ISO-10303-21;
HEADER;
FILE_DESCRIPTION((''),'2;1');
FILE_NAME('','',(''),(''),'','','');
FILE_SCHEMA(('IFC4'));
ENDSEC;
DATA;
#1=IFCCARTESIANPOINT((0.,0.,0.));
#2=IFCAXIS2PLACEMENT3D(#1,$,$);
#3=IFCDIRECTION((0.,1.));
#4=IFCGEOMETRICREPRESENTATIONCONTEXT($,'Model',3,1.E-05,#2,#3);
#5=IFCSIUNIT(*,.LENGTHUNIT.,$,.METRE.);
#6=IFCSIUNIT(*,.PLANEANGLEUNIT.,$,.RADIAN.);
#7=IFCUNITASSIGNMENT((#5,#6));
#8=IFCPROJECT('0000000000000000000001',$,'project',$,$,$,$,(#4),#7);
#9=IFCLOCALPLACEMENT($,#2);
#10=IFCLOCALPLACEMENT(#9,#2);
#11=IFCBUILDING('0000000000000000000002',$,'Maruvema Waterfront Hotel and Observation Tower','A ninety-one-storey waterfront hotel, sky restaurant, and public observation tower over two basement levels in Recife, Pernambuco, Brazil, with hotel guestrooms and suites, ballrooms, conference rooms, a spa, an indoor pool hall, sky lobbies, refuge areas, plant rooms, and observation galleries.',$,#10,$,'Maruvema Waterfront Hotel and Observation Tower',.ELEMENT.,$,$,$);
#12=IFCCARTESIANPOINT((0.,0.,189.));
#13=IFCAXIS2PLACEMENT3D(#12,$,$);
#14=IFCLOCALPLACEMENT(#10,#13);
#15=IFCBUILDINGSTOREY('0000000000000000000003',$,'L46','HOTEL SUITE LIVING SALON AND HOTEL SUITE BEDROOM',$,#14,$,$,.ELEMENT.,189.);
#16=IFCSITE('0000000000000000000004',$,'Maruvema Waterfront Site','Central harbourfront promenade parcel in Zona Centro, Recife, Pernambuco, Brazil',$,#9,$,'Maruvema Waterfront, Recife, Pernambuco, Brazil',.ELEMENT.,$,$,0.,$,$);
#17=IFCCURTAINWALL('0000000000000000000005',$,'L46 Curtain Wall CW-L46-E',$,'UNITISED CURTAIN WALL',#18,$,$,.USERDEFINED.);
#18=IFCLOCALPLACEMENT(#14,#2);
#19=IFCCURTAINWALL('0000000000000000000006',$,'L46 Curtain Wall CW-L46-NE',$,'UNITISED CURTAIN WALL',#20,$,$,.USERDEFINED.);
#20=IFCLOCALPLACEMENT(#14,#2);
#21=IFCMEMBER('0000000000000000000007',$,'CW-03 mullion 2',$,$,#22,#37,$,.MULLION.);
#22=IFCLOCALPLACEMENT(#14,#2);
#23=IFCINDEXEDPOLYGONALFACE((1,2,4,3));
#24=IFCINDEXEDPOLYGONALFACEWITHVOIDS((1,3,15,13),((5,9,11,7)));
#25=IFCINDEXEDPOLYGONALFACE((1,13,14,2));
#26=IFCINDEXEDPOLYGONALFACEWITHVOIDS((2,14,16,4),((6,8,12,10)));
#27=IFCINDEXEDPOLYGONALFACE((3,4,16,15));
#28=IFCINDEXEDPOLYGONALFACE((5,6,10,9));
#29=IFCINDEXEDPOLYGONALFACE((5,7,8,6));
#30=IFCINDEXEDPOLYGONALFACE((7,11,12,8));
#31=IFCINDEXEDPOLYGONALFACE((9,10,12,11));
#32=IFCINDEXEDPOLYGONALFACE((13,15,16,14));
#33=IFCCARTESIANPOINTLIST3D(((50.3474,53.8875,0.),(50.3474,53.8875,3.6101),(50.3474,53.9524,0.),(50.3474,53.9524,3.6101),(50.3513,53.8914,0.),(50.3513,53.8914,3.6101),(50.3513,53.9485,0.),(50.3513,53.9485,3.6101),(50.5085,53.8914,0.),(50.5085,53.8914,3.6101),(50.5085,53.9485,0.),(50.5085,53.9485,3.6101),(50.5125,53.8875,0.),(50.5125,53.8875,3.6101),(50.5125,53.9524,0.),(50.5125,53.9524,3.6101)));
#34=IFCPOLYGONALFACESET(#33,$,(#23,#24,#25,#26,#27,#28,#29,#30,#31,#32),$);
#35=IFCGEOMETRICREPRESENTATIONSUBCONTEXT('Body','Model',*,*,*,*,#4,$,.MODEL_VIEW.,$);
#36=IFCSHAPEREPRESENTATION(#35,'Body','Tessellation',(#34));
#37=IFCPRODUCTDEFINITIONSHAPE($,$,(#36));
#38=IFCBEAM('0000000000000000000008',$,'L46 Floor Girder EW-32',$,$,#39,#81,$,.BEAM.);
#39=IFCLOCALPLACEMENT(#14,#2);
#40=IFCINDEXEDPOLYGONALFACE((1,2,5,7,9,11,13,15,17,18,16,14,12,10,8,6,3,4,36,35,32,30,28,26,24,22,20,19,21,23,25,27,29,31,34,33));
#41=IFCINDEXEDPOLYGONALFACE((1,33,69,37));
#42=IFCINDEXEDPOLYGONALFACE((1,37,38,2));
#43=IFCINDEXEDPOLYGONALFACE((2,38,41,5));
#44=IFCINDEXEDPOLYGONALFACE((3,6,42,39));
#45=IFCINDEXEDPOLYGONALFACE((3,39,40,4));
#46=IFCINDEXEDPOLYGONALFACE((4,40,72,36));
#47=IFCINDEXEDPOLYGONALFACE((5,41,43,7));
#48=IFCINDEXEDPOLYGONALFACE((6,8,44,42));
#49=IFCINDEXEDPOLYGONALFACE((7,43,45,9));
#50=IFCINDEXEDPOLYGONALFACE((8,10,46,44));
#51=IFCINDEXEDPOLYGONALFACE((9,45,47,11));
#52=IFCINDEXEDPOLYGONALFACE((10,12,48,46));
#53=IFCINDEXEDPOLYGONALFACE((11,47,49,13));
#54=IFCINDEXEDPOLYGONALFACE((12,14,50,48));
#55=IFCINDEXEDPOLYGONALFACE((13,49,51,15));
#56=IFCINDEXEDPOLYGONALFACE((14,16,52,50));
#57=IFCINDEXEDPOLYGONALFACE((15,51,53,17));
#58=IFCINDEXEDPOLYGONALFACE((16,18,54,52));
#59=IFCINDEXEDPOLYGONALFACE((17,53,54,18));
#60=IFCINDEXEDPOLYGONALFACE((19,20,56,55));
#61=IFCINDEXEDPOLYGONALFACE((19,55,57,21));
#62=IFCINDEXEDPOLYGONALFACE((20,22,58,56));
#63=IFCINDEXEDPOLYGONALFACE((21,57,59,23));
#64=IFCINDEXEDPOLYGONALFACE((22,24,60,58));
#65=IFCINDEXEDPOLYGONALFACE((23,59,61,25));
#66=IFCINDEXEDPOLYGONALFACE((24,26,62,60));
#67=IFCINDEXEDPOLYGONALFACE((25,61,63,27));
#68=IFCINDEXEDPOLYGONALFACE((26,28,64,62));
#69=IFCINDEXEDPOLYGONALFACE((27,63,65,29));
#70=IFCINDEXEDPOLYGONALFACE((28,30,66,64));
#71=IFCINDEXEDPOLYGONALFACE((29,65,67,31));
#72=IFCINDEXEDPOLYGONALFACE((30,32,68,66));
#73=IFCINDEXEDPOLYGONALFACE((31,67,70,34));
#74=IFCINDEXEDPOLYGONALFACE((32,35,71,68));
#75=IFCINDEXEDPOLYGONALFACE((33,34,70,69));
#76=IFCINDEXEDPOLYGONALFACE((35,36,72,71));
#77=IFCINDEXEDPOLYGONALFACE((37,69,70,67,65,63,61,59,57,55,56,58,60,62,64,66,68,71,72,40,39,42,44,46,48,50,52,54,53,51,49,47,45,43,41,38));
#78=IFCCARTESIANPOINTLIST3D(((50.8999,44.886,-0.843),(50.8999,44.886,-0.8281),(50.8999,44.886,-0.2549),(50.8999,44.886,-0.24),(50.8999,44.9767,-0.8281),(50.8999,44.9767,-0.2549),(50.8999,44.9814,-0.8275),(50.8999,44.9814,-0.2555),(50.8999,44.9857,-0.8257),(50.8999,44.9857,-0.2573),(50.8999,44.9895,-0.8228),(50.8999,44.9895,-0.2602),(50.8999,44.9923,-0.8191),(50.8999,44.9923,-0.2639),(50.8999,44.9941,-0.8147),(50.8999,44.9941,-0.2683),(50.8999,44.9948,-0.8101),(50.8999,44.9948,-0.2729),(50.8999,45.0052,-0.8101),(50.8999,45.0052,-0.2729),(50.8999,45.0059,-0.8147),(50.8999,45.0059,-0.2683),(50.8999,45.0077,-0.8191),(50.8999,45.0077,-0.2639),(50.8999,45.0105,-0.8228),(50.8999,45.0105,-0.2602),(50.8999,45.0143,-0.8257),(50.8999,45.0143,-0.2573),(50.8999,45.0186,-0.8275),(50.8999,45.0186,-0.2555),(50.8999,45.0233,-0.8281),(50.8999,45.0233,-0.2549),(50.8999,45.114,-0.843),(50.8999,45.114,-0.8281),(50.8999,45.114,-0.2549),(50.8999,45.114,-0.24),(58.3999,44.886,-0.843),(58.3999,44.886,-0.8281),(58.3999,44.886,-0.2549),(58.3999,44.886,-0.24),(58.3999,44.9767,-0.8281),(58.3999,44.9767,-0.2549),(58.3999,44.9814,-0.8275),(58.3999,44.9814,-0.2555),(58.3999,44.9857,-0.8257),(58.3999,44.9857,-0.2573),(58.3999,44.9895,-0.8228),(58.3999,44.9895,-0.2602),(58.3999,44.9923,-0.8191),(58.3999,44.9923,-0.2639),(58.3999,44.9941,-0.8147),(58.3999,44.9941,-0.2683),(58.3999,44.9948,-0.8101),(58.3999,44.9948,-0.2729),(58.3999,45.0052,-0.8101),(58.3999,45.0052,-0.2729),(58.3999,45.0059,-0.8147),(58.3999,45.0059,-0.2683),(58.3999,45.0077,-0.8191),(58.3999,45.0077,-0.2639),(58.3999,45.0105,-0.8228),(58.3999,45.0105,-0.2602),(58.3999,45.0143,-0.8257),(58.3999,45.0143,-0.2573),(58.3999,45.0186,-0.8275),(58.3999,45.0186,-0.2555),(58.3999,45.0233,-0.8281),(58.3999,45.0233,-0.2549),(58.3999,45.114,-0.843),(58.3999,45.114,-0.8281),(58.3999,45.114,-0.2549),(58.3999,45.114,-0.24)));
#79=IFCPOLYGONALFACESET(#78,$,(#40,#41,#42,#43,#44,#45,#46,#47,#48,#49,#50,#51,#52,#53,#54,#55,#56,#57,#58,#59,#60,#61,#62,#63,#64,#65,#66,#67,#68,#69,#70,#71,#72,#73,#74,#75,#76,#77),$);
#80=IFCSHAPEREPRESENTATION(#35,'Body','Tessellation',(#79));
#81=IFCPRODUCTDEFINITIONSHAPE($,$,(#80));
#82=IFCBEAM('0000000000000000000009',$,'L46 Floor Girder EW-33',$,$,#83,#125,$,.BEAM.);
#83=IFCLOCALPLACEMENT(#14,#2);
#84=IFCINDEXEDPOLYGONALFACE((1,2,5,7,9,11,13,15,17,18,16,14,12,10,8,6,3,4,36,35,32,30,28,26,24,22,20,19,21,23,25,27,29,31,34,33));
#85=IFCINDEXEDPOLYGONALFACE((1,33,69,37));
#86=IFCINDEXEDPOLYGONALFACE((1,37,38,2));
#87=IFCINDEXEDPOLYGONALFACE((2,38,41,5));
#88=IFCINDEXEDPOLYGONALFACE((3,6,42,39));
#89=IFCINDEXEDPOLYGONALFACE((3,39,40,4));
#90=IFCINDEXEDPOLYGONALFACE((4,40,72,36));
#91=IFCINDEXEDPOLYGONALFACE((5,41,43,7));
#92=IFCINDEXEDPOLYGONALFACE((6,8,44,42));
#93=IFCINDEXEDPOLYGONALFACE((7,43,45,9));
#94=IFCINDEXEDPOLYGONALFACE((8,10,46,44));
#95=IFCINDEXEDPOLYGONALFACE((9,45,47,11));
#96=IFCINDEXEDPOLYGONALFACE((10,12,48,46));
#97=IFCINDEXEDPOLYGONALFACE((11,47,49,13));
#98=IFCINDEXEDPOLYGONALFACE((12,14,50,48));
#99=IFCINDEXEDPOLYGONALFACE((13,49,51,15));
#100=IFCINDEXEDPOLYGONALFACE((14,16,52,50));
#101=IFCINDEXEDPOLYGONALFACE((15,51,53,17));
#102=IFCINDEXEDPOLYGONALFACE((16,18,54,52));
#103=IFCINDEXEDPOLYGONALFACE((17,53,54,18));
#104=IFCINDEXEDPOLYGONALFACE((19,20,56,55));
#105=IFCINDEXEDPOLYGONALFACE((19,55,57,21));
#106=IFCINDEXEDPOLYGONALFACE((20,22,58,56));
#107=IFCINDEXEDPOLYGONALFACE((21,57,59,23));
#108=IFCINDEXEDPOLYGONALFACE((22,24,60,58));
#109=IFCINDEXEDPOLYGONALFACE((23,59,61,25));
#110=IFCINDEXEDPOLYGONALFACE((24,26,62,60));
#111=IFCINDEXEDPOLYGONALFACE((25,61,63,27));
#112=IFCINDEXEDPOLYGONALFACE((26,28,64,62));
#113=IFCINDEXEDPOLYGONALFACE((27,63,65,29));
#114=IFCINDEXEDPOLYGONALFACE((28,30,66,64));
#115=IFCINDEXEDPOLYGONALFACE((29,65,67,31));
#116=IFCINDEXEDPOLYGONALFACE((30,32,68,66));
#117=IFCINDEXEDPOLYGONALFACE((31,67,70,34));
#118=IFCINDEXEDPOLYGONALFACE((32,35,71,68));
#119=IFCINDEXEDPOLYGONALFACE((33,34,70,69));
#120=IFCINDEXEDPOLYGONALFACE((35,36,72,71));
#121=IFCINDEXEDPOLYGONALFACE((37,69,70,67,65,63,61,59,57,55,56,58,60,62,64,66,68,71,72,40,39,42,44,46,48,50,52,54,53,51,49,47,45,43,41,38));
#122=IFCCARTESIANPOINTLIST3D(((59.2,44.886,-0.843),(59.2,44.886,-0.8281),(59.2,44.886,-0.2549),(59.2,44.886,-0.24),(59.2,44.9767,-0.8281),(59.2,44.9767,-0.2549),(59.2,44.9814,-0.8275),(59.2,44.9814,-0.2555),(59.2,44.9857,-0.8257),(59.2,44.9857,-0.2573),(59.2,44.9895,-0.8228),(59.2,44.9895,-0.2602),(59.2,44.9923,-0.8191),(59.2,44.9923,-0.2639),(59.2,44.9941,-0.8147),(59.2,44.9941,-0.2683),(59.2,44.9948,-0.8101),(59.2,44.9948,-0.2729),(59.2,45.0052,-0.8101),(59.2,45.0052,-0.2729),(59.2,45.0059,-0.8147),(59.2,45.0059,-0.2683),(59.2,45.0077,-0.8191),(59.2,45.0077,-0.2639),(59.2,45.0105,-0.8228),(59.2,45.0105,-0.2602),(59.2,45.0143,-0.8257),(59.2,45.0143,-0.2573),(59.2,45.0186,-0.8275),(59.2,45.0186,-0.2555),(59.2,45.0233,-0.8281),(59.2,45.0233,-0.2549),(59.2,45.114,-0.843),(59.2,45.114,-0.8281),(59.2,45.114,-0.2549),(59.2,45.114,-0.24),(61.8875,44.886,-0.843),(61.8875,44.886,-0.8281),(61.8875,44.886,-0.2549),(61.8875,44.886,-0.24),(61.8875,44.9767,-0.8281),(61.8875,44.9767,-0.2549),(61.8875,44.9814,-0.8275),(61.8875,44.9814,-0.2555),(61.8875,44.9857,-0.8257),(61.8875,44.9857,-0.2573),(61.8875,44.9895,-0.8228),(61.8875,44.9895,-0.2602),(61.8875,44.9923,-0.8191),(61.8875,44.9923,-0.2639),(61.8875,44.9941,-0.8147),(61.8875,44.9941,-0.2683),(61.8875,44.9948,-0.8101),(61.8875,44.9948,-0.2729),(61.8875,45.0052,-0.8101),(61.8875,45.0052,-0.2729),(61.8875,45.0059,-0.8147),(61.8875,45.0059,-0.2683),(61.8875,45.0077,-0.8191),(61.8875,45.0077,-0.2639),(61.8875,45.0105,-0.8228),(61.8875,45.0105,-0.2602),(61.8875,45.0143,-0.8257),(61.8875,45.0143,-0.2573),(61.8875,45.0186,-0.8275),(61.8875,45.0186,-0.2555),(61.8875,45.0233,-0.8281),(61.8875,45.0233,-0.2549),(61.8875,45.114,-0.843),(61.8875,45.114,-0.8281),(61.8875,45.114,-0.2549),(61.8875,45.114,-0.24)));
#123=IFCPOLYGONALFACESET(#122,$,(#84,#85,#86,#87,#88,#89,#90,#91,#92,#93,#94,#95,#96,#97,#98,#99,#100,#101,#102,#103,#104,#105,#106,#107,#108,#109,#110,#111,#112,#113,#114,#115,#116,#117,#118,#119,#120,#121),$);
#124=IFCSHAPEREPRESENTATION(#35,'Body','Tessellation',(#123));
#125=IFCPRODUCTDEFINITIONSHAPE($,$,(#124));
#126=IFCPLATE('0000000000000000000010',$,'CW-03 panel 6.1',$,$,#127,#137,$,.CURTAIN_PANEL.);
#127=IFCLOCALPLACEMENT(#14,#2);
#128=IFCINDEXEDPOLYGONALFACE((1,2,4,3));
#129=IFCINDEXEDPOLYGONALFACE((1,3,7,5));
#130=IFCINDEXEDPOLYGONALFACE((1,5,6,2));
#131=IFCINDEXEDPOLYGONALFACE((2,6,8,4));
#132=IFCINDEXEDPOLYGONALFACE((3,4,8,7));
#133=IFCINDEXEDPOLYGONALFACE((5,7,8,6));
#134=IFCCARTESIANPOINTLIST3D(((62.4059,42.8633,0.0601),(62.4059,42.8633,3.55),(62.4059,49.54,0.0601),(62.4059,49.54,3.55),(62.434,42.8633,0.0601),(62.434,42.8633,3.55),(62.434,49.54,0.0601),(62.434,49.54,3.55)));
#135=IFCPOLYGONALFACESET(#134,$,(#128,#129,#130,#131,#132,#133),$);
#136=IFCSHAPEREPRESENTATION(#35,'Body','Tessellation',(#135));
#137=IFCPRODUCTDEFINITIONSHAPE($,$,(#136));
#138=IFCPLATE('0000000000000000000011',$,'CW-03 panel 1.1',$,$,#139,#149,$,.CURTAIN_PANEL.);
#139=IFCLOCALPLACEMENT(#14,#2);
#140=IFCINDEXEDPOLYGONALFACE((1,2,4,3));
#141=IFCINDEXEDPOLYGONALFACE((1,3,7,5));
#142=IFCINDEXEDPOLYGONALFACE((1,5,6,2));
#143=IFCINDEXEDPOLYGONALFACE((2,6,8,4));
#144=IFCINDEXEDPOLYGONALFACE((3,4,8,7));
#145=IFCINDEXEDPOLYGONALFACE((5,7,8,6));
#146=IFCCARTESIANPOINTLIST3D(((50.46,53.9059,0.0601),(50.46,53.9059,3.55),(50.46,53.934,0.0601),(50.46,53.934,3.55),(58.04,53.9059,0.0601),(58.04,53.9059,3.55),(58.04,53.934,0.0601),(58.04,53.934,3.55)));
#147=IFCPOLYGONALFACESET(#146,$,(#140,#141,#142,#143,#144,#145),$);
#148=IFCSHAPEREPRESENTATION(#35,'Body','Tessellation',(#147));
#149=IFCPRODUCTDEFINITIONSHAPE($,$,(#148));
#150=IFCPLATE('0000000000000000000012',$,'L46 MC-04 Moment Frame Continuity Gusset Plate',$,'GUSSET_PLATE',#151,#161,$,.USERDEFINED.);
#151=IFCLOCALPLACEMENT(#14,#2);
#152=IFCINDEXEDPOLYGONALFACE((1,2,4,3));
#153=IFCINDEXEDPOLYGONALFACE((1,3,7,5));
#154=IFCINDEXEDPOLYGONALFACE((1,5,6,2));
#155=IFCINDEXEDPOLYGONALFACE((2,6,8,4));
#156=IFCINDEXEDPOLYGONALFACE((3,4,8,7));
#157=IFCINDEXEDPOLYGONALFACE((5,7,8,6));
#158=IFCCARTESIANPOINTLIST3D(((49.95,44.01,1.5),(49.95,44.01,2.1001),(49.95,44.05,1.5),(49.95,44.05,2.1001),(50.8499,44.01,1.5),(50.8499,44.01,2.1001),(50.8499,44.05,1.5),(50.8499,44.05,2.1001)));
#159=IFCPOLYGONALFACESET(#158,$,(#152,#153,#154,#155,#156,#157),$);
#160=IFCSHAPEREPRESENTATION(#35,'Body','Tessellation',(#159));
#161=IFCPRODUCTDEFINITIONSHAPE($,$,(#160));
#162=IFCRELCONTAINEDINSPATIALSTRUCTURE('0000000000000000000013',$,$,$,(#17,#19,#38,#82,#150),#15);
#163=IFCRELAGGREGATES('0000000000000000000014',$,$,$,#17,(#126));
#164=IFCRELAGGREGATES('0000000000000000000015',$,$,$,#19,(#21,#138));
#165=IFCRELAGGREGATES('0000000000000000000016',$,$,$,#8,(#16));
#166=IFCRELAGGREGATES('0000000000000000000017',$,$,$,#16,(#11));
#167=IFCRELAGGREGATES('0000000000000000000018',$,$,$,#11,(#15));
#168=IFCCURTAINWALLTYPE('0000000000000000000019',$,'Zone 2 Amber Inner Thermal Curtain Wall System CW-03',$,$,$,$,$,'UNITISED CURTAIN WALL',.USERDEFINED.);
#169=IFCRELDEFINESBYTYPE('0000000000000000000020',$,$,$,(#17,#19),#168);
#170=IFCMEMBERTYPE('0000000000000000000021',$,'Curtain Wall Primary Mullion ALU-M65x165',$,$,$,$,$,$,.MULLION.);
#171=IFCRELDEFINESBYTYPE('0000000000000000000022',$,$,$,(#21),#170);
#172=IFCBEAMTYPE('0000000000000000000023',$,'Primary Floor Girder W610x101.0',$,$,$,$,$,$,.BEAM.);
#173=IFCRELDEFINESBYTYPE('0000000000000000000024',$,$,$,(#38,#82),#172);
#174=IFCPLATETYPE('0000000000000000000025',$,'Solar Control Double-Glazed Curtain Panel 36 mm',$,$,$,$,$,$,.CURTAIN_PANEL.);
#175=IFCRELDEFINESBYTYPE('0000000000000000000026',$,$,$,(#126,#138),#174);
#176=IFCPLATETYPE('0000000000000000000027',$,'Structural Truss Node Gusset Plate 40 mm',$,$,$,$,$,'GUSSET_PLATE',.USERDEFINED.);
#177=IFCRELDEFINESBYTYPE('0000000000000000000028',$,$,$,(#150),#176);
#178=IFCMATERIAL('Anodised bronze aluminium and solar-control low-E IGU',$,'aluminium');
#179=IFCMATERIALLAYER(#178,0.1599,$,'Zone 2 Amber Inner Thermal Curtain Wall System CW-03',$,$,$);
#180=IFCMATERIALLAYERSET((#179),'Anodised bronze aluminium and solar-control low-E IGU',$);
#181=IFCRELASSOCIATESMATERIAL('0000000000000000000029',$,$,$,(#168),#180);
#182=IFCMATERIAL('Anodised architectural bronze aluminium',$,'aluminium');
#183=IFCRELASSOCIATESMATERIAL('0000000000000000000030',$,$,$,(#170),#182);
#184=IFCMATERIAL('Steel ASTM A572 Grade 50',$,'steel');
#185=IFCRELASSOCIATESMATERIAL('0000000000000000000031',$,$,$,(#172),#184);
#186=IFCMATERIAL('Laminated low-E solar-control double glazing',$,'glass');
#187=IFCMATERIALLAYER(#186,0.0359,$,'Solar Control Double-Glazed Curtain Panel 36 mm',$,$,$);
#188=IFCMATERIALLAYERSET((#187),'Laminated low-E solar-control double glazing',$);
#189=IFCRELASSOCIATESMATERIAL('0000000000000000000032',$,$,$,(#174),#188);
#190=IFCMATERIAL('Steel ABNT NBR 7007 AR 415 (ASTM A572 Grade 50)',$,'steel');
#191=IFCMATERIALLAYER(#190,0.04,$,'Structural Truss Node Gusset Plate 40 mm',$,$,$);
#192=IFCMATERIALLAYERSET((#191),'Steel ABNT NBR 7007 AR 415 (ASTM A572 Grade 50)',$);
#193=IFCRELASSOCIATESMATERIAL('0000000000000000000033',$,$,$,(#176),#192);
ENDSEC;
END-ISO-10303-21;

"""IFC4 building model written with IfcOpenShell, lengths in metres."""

from ifc_helpers import new_model, si_unit, direction, frame, origin, origin_2d, place, context, subcontext, project, spatial, rectangle, hollow_rectangle, i_section, extrude, material, layer, layer_set, material_profile, profile_set, type_object, element, aggregate, save


model = new_model("IFC4")

# Units and contexts
model_context = context("Model", 3, precision=1e-05, world=origin(), true_north=direction((0.0, 1.0)))
body_context = subcontext(model_context, "Body", "Model", "MODEL_VIEW")
ifc_project = project(units=[si_unit("LENGTHUNIT", "METRE"), si_unit("PLANEANGLEUNIT", "RADIAN")], contexts=[model_context])

# Site, building, storey
site_placement = place(None, origin())
site = spatial("IfcSite", under=ifc_project, at=site_placement, Name="Maruvema Waterfront Site", Description="Central harbourfront promenade parcel in Zona Centro, Recife, Pernambuco, Brazil", LongName="Maruvema Waterfront, Recife, Pernambuco, Brazil", CompositionType="ELEMENT", RefElevation=0.0)
building_placement = place(site_placement, origin())
building = spatial("IfcBuilding", under=site, at=building_placement, Name="Maruvema Waterfront Hotel and Observation Tower", Description="A ninety-one-storey waterfront hotel, sky restaurant, and public observation tower over two basement levels in Recife, Pernambuco, Brazil, with hotel guestrooms and suites, ballrooms, conference rooms, a spa, an indoor pool hall, sky lobbies, refuge areas, plant rooms, and observation galleries.", LongName="Maruvema Waterfront Hotel and Observation Tower", CompositionType="ELEMENT")
storey_placement = place(building_placement, frame((0.0, 0.0, 189.0)))
storey = spatial("IfcBuildingStorey", under=building, at=storey_placement, Name="L46", Description="HOTEL SUITE LIVING SALON AND HOTEL SUITE BEDROOM", CompositionType="ELEMENT", Elevation=189.0)

# Curtain walls
ifc_material_1 = material(Name="Anodised bronze aluminium and solar-control low-E IGU", Category="aluminium")
ifc_layer_1 = layer(ifc_material_1, 0.1599, Name="Zone 2 Amber Inner Thermal Curtain Wall System CW-03")
ifc_layer_set_1 = layer_set([ifc_layer_1], Name="Anodised bronze aluminium and solar-control low-E IGU")
curtain_wall_type = type_object("IfcCurtainWallType", Name="Zone 2 Amber Inner Thermal Curtain Wall System CW-03", ElementType="UNITISED CURTAIN WALL", PredefinedType="USERDEFINED", material=ifc_layer_set_1)
curtain_wall_1_placement = place(storey_placement, origin())
curtain_wall_1 = element("IfcCurtainWall", 1, at=curtain_wall_1_placement, inside=storey, type_object=curtain_wall_type, Name="L46 Curtain Wall CW-L46-E", ObjectType="UNITISED CURTAIN WALL", PredefinedType="USERDEFINED")
curtain_wall_2_placement = place(storey_placement, origin())
curtain_wall_2 = element("IfcCurtainWall", 2, at=curtain_wall_2_placement, inside=storey, type_object=curtain_wall_type, Name="L46 Curtain Wall CW-L46-NE", ObjectType="UNITISED CURTAIN WALL", PredefinedType="USERDEFINED")

# Member
ifc_material_2 = material(Name="Anodised architectural bronze aluminium", Category="aluminium")
ifc_material_profile_1 = material_profile(ifc_material_2, hollow_rectangle(XDim=0.0649, YDim=0.165, WallThickness=0.0039, at=origin_2d()), Name="ALU-M65x165")
ifc_profile_set_1 = profile_set([ifc_material_profile_1], Name="Anodised architectural bronze aluminium")
member_type_1 = type_object("IfcMemberType", Name="Curtain Wall Primary Mullion ALU-M65x165", PredefinedType="MULLION", material=ifc_profile_set_1)
member_1_placement = place(storey_placement, frame((50.4299, 53.9199, 0.0), z_axis=(0.0, 0.0, 1.0), x_axis=(0.0, -1.0, 0.0)))
member_1 = element("IfcMember", 3, at=member_1_placement, type_object=member_type_1, Name="CW-03 mullion 2", PredefinedType="MULLION", context=body_context, shape_type="SweptSolid", body=[
    extrude(hollow_rectangle(XDim=0.0649, YDim=0.165, WallThickness=0.0039, at=origin_2d()), origin(), (0.0, 0.0, 1.0), 3.6101),
])

# Beams
ifc_material_3 = material(Name="Steel ASTM A572 Grade 50", Category="steel")
ifc_material_profile_2 = material_profile(ifc_material_3, i_section(OverallWidth=0.228, OverallDepth=0.603, WebThickness=0.0105, FlangeThickness=0.0149, FilletRadius=0.0181, at=origin_2d()), Name="W610x101.0")
ifc_profile_set_2 = profile_set([ifc_material_profile_2], Name="Steel ASTM A572 Grade 50")
beam_type = type_object("IfcBeamType", Name="Primary Floor Girder W610x101.0", PredefinedType="BEAM", material=ifc_profile_set_2)
beam_1_placement = place(storey_placement, frame((50.8999, 45.0, -0.5415), z_axis=(1.0, 0.0, 0.0), x_axis=(0.0, 1.0, 0.0)))
element("IfcBeam", 4, at=beam_1_placement, inside=storey, type_object=beam_type, Name="L46 Floor Girder EW-32", PredefinedType="BEAM", context=body_context, shape_type="SweptSolid", body=[
    extrude(i_section(OverallWidth=0.228, OverallDepth=0.603, WebThickness=0.0105, FlangeThickness=0.0149, FilletRadius=0.0181, at=origin_2d()), origin(), (0.0, 0.0, 1.0), 7.5),
])
beam_2_placement = place(storey_placement, frame((59.2, 45.0, -0.5415), z_axis=(1.0, 0.0, 0.0), x_axis=(0.0, 1.0, 0.0)))
element("IfcBeam", 5, at=beam_2_placement, inside=storey, type_object=beam_type, Name="L46 Floor Girder EW-33", PredefinedType="BEAM", context=body_context, shape_type="SweptSolid", body=[
    extrude(i_section(OverallWidth=0.228, OverallDepth=0.603, WebThickness=0.0105, FlangeThickness=0.0149, FilletRadius=0.0181, at=origin_2d()), origin(), (0.0, 0.0, 1.0), 2.6875),
])

# Plates
ifc_material_4 = material(Name="Laminated low-E solar-control double glazing", Category="glass")
ifc_layer_2 = layer(ifc_material_4, 0.0359, Name="Solar Control Double-Glazed Curtain Panel 36 mm")
ifc_layer_set_2 = layer_set([ifc_layer_2], Name="Laminated low-E solar-control double glazing")
plate_type_1 = type_object("IfcPlateType", Name="Solar Control Double-Glazed Curtain Panel 36 mm", PredefinedType="CURTAIN_PANEL", material=ifc_layer_set_2)
plate_1_placement = place(storey_placement, frame((62.4199, 46.2017, 0.0601), z_axis=(0.0, 0.0, 1.0), x_axis=(0.0, 1.0, 0.0)))
plate_1 = element("IfcPlate", 6, at=plate_1_placement, type_object=plate_type_1, Name="CW-03 panel 6.1", PredefinedType="CURTAIN_PANEL", context=body_context, shape_type="SweptSolid", body=[
    extrude(rectangle(XDim=6.6768, YDim=0.0281, at=origin_2d()), origin(), (0.0, 0.0, 1.0), 3.49),
])
aggregate(curtain_wall_1, [plate_1])
plate_2_placement = place(storey_placement, frame((54.25, 53.9199, 0.0601), z_axis=(0.0, 0.0, 1.0), x_axis=(-1.0, 0.0, 0.0)))
plate_2 = element("IfcPlate", 7, at=plate_2_placement, type_object=plate_type_1, Name="CW-03 panel 1.1", PredefinedType="CURTAIN_PANEL", context=body_context, shape_type="SweptSolid", body=[
    extrude(rectangle(XDim=7.5801, YDim=0.0281, at=origin_2d()), origin(), (0.0, 0.0, 1.0), 3.49),
])
aggregate(curtain_wall_2, [member_1, plate_2])
ifc_material_5 = material(Name="Steel ABNT NBR 7007 AR 415 (ASTM A572 Grade 50)", Category="steel")
ifc_layer_3 = layer(ifc_material_5, 0.04, Name="Structural Truss Node Gusset Plate 40 mm")
ifc_layer_set_3 = layer_set([ifc_layer_3], Name="Steel ABNT NBR 7007 AR 415 (ASTM A572 Grade 50)")
plate_type_2 = type_object("IfcPlateType", Name="Structural Truss Node Gusset Plate 40 mm", ElementType="GUSSET_PLATE", PredefinedType="USERDEFINED", material=ifc_layer_set_3)
plate_3_placement = place(storey_placement, frame((50.3999, 44.03, 1.5), z_axis=(0.0, 0.0, 1.0), x_axis=(1.0, 0.0, 0.0)))
element("IfcPlate", 8, at=plate_3_placement, inside=storey, type_object=plate_type_2, Name="L46 MC-04 Moment Frame Continuity Gusset Plate", ObjectType="GUSSET_PLATE", PredefinedType="USERDEFINED", context=body_context, shape_type="SweptSolid", body=[
    extrude(rectangle(XDim=0.8999, YDim=0.04, at=origin_2d()), origin(), (0.0, 0.0, 1.0), 0.6001),
])

save(model, "model.ifc")
